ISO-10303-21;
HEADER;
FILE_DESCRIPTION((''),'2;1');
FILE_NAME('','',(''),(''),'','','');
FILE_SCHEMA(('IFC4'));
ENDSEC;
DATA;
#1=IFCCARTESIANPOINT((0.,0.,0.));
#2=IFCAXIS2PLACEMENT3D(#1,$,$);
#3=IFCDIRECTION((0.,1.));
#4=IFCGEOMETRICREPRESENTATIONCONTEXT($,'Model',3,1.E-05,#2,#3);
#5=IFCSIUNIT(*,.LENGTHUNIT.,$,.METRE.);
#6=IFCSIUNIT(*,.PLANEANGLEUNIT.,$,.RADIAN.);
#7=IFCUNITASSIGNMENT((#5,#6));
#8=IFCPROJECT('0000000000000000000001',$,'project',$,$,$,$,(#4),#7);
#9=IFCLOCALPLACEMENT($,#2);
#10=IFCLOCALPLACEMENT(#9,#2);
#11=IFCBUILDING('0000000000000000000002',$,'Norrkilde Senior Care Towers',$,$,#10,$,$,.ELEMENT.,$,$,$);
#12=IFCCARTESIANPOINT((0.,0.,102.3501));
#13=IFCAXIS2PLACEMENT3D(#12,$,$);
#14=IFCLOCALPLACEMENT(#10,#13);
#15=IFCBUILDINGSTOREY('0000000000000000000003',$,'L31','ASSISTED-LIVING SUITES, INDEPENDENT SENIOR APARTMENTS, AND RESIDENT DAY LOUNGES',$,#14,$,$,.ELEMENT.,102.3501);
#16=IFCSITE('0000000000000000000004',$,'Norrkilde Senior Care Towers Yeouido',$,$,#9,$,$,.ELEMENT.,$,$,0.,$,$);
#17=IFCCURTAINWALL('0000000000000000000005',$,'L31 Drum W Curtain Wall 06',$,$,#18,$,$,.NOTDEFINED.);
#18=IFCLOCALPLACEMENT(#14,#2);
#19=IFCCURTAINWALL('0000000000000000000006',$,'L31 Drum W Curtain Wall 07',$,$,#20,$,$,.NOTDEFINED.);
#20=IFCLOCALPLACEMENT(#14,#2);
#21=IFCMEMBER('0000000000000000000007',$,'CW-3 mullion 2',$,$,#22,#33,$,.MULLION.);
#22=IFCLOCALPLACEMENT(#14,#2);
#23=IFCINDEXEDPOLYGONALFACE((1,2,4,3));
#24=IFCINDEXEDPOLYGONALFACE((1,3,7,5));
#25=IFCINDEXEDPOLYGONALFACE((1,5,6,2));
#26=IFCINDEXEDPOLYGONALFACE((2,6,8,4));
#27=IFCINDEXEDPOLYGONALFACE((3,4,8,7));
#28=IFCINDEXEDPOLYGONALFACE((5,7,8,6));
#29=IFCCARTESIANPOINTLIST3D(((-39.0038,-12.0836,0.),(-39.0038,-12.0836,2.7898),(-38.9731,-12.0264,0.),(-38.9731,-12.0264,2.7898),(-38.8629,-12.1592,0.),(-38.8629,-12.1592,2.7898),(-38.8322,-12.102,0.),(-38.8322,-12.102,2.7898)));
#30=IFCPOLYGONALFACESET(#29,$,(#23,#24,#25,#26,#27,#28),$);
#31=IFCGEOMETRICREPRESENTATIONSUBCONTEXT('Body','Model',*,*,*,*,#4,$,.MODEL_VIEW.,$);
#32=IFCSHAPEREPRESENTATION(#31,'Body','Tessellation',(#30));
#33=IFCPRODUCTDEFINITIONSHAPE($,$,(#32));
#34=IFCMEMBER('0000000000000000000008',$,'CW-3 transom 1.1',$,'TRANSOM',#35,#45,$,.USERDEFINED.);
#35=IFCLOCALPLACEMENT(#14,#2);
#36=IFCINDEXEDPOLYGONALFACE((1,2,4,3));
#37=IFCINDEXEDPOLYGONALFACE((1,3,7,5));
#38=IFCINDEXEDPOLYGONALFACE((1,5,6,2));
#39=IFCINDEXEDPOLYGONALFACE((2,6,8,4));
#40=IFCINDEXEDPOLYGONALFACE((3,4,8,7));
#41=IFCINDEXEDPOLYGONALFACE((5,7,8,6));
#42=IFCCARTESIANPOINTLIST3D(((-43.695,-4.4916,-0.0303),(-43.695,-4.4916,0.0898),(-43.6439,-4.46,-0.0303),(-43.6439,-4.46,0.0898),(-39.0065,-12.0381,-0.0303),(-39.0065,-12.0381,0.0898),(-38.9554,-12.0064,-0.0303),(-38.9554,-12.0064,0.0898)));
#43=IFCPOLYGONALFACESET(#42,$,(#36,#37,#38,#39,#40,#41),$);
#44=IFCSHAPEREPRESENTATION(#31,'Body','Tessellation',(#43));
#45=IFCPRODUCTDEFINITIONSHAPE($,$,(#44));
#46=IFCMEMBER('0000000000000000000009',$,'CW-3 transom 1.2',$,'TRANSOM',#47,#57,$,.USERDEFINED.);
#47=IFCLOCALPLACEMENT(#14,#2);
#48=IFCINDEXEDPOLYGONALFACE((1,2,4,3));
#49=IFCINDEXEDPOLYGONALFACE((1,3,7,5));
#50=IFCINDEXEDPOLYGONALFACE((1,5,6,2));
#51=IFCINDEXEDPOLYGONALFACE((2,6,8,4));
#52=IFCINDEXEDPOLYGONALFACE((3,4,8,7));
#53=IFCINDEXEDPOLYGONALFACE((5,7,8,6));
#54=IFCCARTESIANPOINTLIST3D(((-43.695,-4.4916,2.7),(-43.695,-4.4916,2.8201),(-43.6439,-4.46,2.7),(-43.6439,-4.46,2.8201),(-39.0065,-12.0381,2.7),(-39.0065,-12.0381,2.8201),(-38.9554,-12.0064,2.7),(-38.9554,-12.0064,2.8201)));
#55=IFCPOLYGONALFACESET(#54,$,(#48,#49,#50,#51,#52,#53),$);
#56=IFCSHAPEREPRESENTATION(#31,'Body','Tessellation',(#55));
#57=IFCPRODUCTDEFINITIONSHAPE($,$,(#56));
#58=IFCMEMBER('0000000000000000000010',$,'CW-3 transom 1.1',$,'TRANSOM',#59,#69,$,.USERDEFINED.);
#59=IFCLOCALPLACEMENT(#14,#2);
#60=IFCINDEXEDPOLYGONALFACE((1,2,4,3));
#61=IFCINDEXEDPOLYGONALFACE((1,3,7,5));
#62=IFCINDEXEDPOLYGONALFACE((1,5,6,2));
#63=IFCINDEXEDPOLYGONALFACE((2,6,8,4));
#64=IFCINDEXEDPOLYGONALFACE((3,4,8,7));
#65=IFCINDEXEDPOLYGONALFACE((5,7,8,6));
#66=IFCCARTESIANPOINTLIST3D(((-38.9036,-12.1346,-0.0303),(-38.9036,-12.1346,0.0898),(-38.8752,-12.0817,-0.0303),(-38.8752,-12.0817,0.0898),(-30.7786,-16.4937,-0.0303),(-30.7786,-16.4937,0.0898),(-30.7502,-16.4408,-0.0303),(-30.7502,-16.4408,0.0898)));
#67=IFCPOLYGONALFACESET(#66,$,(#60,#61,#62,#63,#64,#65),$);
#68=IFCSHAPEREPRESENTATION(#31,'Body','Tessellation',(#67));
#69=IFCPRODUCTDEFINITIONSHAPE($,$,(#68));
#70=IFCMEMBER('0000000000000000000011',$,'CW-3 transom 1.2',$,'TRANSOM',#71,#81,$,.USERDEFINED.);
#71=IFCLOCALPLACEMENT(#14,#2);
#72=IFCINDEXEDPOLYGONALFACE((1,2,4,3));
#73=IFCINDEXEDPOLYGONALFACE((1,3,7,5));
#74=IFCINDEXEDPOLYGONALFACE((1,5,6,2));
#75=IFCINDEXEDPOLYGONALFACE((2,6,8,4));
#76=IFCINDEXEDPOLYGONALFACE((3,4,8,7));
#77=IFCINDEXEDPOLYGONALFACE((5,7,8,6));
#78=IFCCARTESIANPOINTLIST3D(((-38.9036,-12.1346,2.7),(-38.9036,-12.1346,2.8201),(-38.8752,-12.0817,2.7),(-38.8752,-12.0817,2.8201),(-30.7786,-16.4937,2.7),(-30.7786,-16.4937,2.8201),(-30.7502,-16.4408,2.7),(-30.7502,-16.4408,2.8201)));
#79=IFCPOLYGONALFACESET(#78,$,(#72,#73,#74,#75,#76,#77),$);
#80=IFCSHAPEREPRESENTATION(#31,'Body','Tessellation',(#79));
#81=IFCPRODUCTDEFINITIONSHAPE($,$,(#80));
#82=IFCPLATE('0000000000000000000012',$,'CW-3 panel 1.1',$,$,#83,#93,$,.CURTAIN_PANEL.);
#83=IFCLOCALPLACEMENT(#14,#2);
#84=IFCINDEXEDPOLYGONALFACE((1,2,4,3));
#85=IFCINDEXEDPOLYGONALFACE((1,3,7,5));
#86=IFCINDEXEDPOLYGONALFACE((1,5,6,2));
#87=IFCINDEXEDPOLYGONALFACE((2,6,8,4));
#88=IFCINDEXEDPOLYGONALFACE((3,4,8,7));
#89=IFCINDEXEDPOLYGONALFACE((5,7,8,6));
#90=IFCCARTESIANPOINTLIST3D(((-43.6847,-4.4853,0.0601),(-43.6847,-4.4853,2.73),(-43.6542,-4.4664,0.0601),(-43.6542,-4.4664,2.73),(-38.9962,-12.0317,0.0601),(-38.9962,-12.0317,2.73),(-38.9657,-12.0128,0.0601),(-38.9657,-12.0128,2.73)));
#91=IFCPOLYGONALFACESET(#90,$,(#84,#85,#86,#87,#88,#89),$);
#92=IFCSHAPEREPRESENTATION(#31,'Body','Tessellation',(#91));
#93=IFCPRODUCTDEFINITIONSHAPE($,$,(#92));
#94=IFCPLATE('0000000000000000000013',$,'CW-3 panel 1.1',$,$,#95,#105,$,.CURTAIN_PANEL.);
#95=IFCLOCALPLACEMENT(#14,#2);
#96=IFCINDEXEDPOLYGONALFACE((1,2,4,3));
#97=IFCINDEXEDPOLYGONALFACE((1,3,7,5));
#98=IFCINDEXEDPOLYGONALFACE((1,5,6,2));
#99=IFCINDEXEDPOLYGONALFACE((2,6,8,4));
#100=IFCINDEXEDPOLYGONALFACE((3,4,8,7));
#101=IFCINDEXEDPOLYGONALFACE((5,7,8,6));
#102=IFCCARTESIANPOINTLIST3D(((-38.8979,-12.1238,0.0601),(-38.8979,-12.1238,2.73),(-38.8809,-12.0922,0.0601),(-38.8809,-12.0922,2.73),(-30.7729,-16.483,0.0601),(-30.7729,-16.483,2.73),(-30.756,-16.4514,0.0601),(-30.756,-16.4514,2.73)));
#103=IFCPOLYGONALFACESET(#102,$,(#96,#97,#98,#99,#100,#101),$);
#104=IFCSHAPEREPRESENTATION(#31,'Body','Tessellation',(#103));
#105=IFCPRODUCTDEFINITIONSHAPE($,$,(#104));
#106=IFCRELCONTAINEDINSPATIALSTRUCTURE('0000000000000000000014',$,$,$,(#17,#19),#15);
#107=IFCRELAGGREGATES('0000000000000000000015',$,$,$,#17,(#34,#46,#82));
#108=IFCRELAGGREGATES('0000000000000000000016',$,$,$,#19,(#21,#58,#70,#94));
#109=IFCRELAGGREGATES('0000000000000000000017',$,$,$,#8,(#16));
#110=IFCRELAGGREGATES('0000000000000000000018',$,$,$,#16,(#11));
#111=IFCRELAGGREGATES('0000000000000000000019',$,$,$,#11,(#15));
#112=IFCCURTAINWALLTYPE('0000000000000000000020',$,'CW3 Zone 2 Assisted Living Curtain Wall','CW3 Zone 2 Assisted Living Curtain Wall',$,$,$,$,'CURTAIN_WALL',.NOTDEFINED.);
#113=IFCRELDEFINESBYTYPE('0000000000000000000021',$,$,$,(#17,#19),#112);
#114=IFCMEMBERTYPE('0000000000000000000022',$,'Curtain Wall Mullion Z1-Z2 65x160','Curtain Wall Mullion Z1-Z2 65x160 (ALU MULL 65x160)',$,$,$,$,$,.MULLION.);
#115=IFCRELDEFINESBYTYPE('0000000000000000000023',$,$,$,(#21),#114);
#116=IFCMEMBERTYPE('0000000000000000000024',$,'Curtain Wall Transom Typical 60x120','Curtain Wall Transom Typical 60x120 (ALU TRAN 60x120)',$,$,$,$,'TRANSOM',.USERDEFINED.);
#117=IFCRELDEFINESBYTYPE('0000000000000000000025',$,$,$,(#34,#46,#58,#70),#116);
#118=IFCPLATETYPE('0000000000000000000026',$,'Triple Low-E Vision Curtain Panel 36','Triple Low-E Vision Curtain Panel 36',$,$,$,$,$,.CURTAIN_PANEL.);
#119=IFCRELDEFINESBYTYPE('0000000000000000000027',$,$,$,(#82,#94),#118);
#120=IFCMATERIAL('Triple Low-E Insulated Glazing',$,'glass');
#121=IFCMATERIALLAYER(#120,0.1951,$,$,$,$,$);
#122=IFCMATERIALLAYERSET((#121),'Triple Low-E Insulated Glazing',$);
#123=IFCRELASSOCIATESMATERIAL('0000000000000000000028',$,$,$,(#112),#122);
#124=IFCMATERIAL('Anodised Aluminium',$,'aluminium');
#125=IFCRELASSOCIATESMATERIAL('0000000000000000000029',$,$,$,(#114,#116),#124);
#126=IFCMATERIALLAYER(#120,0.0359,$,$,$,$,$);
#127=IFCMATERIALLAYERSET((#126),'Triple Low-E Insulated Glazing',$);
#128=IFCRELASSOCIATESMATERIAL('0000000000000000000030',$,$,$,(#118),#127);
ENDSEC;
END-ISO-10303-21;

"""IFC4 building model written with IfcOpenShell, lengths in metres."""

from ifc_helpers import new_model, si_unit, direction, frame, origin, origin_2d, place, context, subcontext, project, spatial, rectangle, extrude, source, transform, mapped, material, layer, layer_set, material_profile, profile_set, type_object, type_shapes, element, aggregate, save


model = new_model("IFC4")

# Units and contexts
model_context = context("Model", 3, precision=1e-05, world=origin(), true_north=direction((0.0, 1.0)))
body_context = subcontext(model_context, "Body", "Model", "MODEL_VIEW")
ifc_project = project(units=[si_unit("LENGTHUNIT", "METRE"), si_unit("PLANEANGLEUNIT", "RADIAN")], contexts=[model_context])

# Site, building, storey
site_placement = place(None, origin())
site = spatial("IfcSite", under=ifc_project, at=site_placement, Name="Norrkilde Senior Care Towers Yeouido", CompositionType="ELEMENT", RefElevation=0.0)
building_placement = place(site_placement, origin())
building = spatial("IfcBuilding", under=site, at=building_placement, Name="Norrkilde Senior Care Towers", CompositionType="ELEMENT")
storey_placement = place(building_placement, frame((0.0, 0.0, 102.3501)))
storey = spatial("IfcBuildingStorey", under=building, at=storey_placement, Name="L31", Description="ASSISTED-LIVING SUITES, INDEPENDENT SENIOR APARTMENTS, AND RESIDENT DAY LOUNGES", CompositionType="ELEMENT", Elevation=102.3501)

# Curtain wall
ifc_material_1 = material(Name="Triple Low-E Insulated Glazing", Category="glass")
ifc_layer_1 = layer(ifc_material_1, 0.1951)
ifc_layer_set_1 = layer_set([ifc_layer_1], Name="Triple Low-E Insulated Glazing")
curtain_wall_type = type_object("IfcCurtainWallType", Name="CW3 Zone 2 Assisted Living Curtain Wall", Description="CW3 Zone 2 Assisted Living Curtain Wall", ElementType="CURTAIN_WALL", PredefinedType="NOTDEFINED", material=ifc_layer_set_1)
curtain_wall_1_placement = place(storey_placement, origin())
curtain_wall_1 = element("IfcCurtainWall", 1, at=curtain_wall_1_placement, inside=storey, type_object=curtain_wall_type, Name="L31 Drum W Curtain Wall 06", PredefinedType="NOTDEFINED")
ifc_material_2 = material(Name="Anodised Aluminium", Category="aluminium")
ifc_material_profile_1 = material_profile(ifc_material_2, rectangle(XDim=0.0649, YDim=0.1599, at=origin_2d()), Name="ALU MULL 65x160")
ifc_profile_set_1 = profile_set([ifc_material_profile_1], Name="Anodised Aluminium")
member_type_1 = type_object("IfcMemberType", Name="Curtain Wall Mullion Z1-Z2 65x160", Description="Curtain Wall Mullion Z1-Z2 65x160 (ALU MULL 65x160)", PredefinedType="MULLION", material=ifc_profile_set_1)
shared_shape_1 = source(origin(), body_context, "Body", "SweptSolid", [
    extrude(rectangle(XDim=0.0649, YDim=0.1599, at=origin_2d()), origin(), (0.0, 0.0, 1.0), 2.7898),
])
type_shapes(member_type_1, [shared_shape_1])

# Curtain wall, member
curtain_wall_2_placement = place(storey_placement, origin())
curtain_wall_2 = element("IfcCurtainWall", 2, at=curtain_wall_2_placement, inside=storey, type_object=curtain_wall_type, Name="L31 Drum W Curtain Wall 07", PredefinedType="NOTDEFINED")
member_1_placement = place(storey_placement, frame((-38.918, -12.0928, 0.0), z_axis=(0.0, 0.0, 1.0), x_axis=(-0.472769, -0.881186, 0.0)))
member_1 = element("IfcMember", 3, at=member_1_placement, type_object=member_type_1, Name="CW-3 mullion 2", PredefinedType="MULLION", context=body_context, shape_type="MappedRepresentation", body=[
    mapped(shared_shape_1, transform((0.0, 0.0, 0.0), x_axis=(1.0, 0.0, 0.0), y_axis=(0.0, 1.0, 0.0), z_axis=(0.0, 0.0, 1.0), scale=1.0)),
])

# Members
ifc_material_profile_2 = material_profile(ifc_material_2, rectangle(XDim=0.0601, YDim=0.1201, at=origin_2d()), Name="ALU TRAN 60x120")
ifc_profile_set_2 = profile_set([ifc_material_profile_2], Name="Anodised Aluminium")
member_type_2 = type_object("IfcMemberType", Name="Curtain Wall Transom Typical 60x120", Description="Curtain Wall Transom Typical 60x120 (ALU TRAN 60x120)", ElementType="TRANSOM", PredefinedType="USERDEFINED", material=ifc_profile_set_2)
shared_shape_2 = source(origin(), body_context, "Body", "SweptSolid", [
    extrude(rectangle(XDim=0.0601, YDim=0.1201, at=origin_2d()), origin(), (0.0, 0.0, 1.0), 8.8843),
])
member_2_placement = place(storey_placement, frame((-38.981, -12.0222, 0.0298), z_axis=(-0.527729, 0.849413, 0.0), x_axis=(-0.849413, -0.527729, 0.0)))
member_2 = element("IfcMember", 4, at=member_2_placement, type_object=member_type_2, Name="CW-3 transom 1.1", ObjectType="TRANSOM", PredefinedType="USERDEFINED", context=body_context, shape_type="MappedRepresentation", body=[
    mapped(shared_shape_2, transform((0.0, 0.0, 0.0), x_axis=(1.0, 0.0, 0.0), y_axis=(0.0, 1.0, 0.0), z_axis=(0.0, 0.0, 1.0), scale=1.0)),
])
member_3_placement = place(storey_placement, frame((-38.981, -12.0222, 2.76), z_axis=(-0.527729, 0.849413, 0.0), x_axis=(-0.849413, -0.527729, 0.0)))
member_3 = element("IfcMember", 5, at=member_3_placement, type_object=member_type_2, Name="CW-3 transom 1.2", ObjectType="TRANSOM", PredefinedType="USERDEFINED", context=body_context, shape_type="MappedRepresentation", body=[
    mapped(shared_shape_2, transform((0.0, 0.0, 0.0), x_axis=(1.0, 0.0, 0.0), y_axis=(0.0, 1.0, 0.0), z_axis=(0.0, 0.0, 1.0), scale=1.0)),
])
shared_shape_3 = source(origin(), body_context, "Body", "SweptSolid", [
    extrude(rectangle(XDim=0.0601, YDim=0.1201, at=origin_2d()), origin(), (0.0, 0.0, 1.0), 9.2205),
])
type_shapes(member_type_2, [shared_shape_2, shared_shape_3])
member_4_placement = place(storey_placement, frame((-30.7644, -16.4673, 0.0298), z_axis=(-0.881189, 0.472765, 0.0), x_axis=(-0.472765, -0.881189, 0.0)))
member_4 = element("IfcMember", 6, at=member_4_placement, type_object=member_type_2, Name="CW-3 transom 1.1", ObjectType="TRANSOM", PredefinedType="USERDEFINED", context=body_context, shape_type="MappedRepresentation", body=[
    mapped(shared_shape_3, transform((0.0, 0.0, 0.0), x_axis=(1.0, 0.0, 0.0), y_axis=(0.0, 1.0, 0.0), z_axis=(0.0, 0.0, 1.0), scale=1.0)),
])
member_5_placement = place(storey_placement, frame((-30.7644, -16.4673, 2.76), z_axis=(-0.881189, 0.472765, 0.0), x_axis=(-0.472765, -0.881189, 0.0)))
member_5 = element("IfcMember", 7, at=member_5_placement, type_object=member_type_2, Name="CW-3 transom 1.2", ObjectType="TRANSOM", PredefinedType="USERDEFINED", context=body_context, shape_type="MappedRepresentation", body=[
    mapped(shared_shape_3, transform((0.0, 0.0, 0.0), x_axis=(1.0, 0.0, 0.0), y_axis=(0.0, 1.0, 0.0), z_axis=(0.0, 0.0, 1.0), scale=1.0)),
])

# Plates
ifc_layer_2 = layer(ifc_material_1, 0.0359)
ifc_layer_set_2 = layer_set([ifc_layer_2], Name="Triple Low-E Insulated Glazing")
plate_type = type_object("IfcPlateType", Name="Triple Low-E Vision Curtain Panel 36", Description="Triple Low-E Vision Curtain Panel 36", PredefinedType="CURTAIN_PANEL", material=ifc_layer_set_2)
shared_shape_4 = source(origin(), body_context, "Body", "SweptSolid", [
    extrude(rectangle(XDim=8.8843, YDim=0.0359, at=origin_2d()), origin(), (0.0, 0.0, 1.0), 2.6699),
])
plate_1_placement = place(storey_placement, frame((-41.3252, -8.249, 0.0601), z_axis=(0.0, 0.0, 1.0), x_axis=(-0.527733, 0.84941, 0.0)))
plate_1 = element("IfcPlate", 8, at=plate_1_placement, type_object=plate_type, Name="CW-3 panel 1.1", PredefinedType="CURTAIN_PANEL", context=body_context, shape_type="MappedRepresentation", body=[
    mapped(shared_shape_4, transform((0.0, 0.0, 0.0), x_axis=(1.0, 0.0, 0.0), y_axis=(0.0, 1.0, 0.0), z_axis=(0.0, 0.0, 1.0), scale=1.0)),
])
aggregate(curtain_wall_1, [member_2, member_3, plate_1])
shared_shape_5 = source(origin(), body_context, "Body", "SweptSolid", [
    extrude(rectangle(XDim=9.2205, YDim=0.0359, at=origin_2d()), origin(), (0.0, 0.0, 1.0), 2.6699),
])
type_shapes(plate_type, [shared_shape_4, shared_shape_5])
plate_2_placement = place(storey_placement, frame((-34.8269, -14.2876, 0.0601), z_axis=(0.0, 0.0, 1.0), x_axis=(-0.881186, 0.472769, 0.0)))
plate_2 = element("IfcPlate", 9, at=plate_2_placement, type_object=plate_type, Name="CW-3 panel 1.1", PredefinedType="CURTAIN_PANEL", context=body_context, shape_type="MappedRepresentation", body=[
    mapped(shared_shape_5, transform((0.0, 0.0, 0.0), x_axis=(1.0, 0.0, 0.0), y_axis=(0.0, 1.0, 0.0), z_axis=(0.0, 0.0, 1.0), scale=1.0)),
])
aggregate(curtain_wall_2, [member_1, member_4, member_5, plate_2])

save(model, "model.ifc")
